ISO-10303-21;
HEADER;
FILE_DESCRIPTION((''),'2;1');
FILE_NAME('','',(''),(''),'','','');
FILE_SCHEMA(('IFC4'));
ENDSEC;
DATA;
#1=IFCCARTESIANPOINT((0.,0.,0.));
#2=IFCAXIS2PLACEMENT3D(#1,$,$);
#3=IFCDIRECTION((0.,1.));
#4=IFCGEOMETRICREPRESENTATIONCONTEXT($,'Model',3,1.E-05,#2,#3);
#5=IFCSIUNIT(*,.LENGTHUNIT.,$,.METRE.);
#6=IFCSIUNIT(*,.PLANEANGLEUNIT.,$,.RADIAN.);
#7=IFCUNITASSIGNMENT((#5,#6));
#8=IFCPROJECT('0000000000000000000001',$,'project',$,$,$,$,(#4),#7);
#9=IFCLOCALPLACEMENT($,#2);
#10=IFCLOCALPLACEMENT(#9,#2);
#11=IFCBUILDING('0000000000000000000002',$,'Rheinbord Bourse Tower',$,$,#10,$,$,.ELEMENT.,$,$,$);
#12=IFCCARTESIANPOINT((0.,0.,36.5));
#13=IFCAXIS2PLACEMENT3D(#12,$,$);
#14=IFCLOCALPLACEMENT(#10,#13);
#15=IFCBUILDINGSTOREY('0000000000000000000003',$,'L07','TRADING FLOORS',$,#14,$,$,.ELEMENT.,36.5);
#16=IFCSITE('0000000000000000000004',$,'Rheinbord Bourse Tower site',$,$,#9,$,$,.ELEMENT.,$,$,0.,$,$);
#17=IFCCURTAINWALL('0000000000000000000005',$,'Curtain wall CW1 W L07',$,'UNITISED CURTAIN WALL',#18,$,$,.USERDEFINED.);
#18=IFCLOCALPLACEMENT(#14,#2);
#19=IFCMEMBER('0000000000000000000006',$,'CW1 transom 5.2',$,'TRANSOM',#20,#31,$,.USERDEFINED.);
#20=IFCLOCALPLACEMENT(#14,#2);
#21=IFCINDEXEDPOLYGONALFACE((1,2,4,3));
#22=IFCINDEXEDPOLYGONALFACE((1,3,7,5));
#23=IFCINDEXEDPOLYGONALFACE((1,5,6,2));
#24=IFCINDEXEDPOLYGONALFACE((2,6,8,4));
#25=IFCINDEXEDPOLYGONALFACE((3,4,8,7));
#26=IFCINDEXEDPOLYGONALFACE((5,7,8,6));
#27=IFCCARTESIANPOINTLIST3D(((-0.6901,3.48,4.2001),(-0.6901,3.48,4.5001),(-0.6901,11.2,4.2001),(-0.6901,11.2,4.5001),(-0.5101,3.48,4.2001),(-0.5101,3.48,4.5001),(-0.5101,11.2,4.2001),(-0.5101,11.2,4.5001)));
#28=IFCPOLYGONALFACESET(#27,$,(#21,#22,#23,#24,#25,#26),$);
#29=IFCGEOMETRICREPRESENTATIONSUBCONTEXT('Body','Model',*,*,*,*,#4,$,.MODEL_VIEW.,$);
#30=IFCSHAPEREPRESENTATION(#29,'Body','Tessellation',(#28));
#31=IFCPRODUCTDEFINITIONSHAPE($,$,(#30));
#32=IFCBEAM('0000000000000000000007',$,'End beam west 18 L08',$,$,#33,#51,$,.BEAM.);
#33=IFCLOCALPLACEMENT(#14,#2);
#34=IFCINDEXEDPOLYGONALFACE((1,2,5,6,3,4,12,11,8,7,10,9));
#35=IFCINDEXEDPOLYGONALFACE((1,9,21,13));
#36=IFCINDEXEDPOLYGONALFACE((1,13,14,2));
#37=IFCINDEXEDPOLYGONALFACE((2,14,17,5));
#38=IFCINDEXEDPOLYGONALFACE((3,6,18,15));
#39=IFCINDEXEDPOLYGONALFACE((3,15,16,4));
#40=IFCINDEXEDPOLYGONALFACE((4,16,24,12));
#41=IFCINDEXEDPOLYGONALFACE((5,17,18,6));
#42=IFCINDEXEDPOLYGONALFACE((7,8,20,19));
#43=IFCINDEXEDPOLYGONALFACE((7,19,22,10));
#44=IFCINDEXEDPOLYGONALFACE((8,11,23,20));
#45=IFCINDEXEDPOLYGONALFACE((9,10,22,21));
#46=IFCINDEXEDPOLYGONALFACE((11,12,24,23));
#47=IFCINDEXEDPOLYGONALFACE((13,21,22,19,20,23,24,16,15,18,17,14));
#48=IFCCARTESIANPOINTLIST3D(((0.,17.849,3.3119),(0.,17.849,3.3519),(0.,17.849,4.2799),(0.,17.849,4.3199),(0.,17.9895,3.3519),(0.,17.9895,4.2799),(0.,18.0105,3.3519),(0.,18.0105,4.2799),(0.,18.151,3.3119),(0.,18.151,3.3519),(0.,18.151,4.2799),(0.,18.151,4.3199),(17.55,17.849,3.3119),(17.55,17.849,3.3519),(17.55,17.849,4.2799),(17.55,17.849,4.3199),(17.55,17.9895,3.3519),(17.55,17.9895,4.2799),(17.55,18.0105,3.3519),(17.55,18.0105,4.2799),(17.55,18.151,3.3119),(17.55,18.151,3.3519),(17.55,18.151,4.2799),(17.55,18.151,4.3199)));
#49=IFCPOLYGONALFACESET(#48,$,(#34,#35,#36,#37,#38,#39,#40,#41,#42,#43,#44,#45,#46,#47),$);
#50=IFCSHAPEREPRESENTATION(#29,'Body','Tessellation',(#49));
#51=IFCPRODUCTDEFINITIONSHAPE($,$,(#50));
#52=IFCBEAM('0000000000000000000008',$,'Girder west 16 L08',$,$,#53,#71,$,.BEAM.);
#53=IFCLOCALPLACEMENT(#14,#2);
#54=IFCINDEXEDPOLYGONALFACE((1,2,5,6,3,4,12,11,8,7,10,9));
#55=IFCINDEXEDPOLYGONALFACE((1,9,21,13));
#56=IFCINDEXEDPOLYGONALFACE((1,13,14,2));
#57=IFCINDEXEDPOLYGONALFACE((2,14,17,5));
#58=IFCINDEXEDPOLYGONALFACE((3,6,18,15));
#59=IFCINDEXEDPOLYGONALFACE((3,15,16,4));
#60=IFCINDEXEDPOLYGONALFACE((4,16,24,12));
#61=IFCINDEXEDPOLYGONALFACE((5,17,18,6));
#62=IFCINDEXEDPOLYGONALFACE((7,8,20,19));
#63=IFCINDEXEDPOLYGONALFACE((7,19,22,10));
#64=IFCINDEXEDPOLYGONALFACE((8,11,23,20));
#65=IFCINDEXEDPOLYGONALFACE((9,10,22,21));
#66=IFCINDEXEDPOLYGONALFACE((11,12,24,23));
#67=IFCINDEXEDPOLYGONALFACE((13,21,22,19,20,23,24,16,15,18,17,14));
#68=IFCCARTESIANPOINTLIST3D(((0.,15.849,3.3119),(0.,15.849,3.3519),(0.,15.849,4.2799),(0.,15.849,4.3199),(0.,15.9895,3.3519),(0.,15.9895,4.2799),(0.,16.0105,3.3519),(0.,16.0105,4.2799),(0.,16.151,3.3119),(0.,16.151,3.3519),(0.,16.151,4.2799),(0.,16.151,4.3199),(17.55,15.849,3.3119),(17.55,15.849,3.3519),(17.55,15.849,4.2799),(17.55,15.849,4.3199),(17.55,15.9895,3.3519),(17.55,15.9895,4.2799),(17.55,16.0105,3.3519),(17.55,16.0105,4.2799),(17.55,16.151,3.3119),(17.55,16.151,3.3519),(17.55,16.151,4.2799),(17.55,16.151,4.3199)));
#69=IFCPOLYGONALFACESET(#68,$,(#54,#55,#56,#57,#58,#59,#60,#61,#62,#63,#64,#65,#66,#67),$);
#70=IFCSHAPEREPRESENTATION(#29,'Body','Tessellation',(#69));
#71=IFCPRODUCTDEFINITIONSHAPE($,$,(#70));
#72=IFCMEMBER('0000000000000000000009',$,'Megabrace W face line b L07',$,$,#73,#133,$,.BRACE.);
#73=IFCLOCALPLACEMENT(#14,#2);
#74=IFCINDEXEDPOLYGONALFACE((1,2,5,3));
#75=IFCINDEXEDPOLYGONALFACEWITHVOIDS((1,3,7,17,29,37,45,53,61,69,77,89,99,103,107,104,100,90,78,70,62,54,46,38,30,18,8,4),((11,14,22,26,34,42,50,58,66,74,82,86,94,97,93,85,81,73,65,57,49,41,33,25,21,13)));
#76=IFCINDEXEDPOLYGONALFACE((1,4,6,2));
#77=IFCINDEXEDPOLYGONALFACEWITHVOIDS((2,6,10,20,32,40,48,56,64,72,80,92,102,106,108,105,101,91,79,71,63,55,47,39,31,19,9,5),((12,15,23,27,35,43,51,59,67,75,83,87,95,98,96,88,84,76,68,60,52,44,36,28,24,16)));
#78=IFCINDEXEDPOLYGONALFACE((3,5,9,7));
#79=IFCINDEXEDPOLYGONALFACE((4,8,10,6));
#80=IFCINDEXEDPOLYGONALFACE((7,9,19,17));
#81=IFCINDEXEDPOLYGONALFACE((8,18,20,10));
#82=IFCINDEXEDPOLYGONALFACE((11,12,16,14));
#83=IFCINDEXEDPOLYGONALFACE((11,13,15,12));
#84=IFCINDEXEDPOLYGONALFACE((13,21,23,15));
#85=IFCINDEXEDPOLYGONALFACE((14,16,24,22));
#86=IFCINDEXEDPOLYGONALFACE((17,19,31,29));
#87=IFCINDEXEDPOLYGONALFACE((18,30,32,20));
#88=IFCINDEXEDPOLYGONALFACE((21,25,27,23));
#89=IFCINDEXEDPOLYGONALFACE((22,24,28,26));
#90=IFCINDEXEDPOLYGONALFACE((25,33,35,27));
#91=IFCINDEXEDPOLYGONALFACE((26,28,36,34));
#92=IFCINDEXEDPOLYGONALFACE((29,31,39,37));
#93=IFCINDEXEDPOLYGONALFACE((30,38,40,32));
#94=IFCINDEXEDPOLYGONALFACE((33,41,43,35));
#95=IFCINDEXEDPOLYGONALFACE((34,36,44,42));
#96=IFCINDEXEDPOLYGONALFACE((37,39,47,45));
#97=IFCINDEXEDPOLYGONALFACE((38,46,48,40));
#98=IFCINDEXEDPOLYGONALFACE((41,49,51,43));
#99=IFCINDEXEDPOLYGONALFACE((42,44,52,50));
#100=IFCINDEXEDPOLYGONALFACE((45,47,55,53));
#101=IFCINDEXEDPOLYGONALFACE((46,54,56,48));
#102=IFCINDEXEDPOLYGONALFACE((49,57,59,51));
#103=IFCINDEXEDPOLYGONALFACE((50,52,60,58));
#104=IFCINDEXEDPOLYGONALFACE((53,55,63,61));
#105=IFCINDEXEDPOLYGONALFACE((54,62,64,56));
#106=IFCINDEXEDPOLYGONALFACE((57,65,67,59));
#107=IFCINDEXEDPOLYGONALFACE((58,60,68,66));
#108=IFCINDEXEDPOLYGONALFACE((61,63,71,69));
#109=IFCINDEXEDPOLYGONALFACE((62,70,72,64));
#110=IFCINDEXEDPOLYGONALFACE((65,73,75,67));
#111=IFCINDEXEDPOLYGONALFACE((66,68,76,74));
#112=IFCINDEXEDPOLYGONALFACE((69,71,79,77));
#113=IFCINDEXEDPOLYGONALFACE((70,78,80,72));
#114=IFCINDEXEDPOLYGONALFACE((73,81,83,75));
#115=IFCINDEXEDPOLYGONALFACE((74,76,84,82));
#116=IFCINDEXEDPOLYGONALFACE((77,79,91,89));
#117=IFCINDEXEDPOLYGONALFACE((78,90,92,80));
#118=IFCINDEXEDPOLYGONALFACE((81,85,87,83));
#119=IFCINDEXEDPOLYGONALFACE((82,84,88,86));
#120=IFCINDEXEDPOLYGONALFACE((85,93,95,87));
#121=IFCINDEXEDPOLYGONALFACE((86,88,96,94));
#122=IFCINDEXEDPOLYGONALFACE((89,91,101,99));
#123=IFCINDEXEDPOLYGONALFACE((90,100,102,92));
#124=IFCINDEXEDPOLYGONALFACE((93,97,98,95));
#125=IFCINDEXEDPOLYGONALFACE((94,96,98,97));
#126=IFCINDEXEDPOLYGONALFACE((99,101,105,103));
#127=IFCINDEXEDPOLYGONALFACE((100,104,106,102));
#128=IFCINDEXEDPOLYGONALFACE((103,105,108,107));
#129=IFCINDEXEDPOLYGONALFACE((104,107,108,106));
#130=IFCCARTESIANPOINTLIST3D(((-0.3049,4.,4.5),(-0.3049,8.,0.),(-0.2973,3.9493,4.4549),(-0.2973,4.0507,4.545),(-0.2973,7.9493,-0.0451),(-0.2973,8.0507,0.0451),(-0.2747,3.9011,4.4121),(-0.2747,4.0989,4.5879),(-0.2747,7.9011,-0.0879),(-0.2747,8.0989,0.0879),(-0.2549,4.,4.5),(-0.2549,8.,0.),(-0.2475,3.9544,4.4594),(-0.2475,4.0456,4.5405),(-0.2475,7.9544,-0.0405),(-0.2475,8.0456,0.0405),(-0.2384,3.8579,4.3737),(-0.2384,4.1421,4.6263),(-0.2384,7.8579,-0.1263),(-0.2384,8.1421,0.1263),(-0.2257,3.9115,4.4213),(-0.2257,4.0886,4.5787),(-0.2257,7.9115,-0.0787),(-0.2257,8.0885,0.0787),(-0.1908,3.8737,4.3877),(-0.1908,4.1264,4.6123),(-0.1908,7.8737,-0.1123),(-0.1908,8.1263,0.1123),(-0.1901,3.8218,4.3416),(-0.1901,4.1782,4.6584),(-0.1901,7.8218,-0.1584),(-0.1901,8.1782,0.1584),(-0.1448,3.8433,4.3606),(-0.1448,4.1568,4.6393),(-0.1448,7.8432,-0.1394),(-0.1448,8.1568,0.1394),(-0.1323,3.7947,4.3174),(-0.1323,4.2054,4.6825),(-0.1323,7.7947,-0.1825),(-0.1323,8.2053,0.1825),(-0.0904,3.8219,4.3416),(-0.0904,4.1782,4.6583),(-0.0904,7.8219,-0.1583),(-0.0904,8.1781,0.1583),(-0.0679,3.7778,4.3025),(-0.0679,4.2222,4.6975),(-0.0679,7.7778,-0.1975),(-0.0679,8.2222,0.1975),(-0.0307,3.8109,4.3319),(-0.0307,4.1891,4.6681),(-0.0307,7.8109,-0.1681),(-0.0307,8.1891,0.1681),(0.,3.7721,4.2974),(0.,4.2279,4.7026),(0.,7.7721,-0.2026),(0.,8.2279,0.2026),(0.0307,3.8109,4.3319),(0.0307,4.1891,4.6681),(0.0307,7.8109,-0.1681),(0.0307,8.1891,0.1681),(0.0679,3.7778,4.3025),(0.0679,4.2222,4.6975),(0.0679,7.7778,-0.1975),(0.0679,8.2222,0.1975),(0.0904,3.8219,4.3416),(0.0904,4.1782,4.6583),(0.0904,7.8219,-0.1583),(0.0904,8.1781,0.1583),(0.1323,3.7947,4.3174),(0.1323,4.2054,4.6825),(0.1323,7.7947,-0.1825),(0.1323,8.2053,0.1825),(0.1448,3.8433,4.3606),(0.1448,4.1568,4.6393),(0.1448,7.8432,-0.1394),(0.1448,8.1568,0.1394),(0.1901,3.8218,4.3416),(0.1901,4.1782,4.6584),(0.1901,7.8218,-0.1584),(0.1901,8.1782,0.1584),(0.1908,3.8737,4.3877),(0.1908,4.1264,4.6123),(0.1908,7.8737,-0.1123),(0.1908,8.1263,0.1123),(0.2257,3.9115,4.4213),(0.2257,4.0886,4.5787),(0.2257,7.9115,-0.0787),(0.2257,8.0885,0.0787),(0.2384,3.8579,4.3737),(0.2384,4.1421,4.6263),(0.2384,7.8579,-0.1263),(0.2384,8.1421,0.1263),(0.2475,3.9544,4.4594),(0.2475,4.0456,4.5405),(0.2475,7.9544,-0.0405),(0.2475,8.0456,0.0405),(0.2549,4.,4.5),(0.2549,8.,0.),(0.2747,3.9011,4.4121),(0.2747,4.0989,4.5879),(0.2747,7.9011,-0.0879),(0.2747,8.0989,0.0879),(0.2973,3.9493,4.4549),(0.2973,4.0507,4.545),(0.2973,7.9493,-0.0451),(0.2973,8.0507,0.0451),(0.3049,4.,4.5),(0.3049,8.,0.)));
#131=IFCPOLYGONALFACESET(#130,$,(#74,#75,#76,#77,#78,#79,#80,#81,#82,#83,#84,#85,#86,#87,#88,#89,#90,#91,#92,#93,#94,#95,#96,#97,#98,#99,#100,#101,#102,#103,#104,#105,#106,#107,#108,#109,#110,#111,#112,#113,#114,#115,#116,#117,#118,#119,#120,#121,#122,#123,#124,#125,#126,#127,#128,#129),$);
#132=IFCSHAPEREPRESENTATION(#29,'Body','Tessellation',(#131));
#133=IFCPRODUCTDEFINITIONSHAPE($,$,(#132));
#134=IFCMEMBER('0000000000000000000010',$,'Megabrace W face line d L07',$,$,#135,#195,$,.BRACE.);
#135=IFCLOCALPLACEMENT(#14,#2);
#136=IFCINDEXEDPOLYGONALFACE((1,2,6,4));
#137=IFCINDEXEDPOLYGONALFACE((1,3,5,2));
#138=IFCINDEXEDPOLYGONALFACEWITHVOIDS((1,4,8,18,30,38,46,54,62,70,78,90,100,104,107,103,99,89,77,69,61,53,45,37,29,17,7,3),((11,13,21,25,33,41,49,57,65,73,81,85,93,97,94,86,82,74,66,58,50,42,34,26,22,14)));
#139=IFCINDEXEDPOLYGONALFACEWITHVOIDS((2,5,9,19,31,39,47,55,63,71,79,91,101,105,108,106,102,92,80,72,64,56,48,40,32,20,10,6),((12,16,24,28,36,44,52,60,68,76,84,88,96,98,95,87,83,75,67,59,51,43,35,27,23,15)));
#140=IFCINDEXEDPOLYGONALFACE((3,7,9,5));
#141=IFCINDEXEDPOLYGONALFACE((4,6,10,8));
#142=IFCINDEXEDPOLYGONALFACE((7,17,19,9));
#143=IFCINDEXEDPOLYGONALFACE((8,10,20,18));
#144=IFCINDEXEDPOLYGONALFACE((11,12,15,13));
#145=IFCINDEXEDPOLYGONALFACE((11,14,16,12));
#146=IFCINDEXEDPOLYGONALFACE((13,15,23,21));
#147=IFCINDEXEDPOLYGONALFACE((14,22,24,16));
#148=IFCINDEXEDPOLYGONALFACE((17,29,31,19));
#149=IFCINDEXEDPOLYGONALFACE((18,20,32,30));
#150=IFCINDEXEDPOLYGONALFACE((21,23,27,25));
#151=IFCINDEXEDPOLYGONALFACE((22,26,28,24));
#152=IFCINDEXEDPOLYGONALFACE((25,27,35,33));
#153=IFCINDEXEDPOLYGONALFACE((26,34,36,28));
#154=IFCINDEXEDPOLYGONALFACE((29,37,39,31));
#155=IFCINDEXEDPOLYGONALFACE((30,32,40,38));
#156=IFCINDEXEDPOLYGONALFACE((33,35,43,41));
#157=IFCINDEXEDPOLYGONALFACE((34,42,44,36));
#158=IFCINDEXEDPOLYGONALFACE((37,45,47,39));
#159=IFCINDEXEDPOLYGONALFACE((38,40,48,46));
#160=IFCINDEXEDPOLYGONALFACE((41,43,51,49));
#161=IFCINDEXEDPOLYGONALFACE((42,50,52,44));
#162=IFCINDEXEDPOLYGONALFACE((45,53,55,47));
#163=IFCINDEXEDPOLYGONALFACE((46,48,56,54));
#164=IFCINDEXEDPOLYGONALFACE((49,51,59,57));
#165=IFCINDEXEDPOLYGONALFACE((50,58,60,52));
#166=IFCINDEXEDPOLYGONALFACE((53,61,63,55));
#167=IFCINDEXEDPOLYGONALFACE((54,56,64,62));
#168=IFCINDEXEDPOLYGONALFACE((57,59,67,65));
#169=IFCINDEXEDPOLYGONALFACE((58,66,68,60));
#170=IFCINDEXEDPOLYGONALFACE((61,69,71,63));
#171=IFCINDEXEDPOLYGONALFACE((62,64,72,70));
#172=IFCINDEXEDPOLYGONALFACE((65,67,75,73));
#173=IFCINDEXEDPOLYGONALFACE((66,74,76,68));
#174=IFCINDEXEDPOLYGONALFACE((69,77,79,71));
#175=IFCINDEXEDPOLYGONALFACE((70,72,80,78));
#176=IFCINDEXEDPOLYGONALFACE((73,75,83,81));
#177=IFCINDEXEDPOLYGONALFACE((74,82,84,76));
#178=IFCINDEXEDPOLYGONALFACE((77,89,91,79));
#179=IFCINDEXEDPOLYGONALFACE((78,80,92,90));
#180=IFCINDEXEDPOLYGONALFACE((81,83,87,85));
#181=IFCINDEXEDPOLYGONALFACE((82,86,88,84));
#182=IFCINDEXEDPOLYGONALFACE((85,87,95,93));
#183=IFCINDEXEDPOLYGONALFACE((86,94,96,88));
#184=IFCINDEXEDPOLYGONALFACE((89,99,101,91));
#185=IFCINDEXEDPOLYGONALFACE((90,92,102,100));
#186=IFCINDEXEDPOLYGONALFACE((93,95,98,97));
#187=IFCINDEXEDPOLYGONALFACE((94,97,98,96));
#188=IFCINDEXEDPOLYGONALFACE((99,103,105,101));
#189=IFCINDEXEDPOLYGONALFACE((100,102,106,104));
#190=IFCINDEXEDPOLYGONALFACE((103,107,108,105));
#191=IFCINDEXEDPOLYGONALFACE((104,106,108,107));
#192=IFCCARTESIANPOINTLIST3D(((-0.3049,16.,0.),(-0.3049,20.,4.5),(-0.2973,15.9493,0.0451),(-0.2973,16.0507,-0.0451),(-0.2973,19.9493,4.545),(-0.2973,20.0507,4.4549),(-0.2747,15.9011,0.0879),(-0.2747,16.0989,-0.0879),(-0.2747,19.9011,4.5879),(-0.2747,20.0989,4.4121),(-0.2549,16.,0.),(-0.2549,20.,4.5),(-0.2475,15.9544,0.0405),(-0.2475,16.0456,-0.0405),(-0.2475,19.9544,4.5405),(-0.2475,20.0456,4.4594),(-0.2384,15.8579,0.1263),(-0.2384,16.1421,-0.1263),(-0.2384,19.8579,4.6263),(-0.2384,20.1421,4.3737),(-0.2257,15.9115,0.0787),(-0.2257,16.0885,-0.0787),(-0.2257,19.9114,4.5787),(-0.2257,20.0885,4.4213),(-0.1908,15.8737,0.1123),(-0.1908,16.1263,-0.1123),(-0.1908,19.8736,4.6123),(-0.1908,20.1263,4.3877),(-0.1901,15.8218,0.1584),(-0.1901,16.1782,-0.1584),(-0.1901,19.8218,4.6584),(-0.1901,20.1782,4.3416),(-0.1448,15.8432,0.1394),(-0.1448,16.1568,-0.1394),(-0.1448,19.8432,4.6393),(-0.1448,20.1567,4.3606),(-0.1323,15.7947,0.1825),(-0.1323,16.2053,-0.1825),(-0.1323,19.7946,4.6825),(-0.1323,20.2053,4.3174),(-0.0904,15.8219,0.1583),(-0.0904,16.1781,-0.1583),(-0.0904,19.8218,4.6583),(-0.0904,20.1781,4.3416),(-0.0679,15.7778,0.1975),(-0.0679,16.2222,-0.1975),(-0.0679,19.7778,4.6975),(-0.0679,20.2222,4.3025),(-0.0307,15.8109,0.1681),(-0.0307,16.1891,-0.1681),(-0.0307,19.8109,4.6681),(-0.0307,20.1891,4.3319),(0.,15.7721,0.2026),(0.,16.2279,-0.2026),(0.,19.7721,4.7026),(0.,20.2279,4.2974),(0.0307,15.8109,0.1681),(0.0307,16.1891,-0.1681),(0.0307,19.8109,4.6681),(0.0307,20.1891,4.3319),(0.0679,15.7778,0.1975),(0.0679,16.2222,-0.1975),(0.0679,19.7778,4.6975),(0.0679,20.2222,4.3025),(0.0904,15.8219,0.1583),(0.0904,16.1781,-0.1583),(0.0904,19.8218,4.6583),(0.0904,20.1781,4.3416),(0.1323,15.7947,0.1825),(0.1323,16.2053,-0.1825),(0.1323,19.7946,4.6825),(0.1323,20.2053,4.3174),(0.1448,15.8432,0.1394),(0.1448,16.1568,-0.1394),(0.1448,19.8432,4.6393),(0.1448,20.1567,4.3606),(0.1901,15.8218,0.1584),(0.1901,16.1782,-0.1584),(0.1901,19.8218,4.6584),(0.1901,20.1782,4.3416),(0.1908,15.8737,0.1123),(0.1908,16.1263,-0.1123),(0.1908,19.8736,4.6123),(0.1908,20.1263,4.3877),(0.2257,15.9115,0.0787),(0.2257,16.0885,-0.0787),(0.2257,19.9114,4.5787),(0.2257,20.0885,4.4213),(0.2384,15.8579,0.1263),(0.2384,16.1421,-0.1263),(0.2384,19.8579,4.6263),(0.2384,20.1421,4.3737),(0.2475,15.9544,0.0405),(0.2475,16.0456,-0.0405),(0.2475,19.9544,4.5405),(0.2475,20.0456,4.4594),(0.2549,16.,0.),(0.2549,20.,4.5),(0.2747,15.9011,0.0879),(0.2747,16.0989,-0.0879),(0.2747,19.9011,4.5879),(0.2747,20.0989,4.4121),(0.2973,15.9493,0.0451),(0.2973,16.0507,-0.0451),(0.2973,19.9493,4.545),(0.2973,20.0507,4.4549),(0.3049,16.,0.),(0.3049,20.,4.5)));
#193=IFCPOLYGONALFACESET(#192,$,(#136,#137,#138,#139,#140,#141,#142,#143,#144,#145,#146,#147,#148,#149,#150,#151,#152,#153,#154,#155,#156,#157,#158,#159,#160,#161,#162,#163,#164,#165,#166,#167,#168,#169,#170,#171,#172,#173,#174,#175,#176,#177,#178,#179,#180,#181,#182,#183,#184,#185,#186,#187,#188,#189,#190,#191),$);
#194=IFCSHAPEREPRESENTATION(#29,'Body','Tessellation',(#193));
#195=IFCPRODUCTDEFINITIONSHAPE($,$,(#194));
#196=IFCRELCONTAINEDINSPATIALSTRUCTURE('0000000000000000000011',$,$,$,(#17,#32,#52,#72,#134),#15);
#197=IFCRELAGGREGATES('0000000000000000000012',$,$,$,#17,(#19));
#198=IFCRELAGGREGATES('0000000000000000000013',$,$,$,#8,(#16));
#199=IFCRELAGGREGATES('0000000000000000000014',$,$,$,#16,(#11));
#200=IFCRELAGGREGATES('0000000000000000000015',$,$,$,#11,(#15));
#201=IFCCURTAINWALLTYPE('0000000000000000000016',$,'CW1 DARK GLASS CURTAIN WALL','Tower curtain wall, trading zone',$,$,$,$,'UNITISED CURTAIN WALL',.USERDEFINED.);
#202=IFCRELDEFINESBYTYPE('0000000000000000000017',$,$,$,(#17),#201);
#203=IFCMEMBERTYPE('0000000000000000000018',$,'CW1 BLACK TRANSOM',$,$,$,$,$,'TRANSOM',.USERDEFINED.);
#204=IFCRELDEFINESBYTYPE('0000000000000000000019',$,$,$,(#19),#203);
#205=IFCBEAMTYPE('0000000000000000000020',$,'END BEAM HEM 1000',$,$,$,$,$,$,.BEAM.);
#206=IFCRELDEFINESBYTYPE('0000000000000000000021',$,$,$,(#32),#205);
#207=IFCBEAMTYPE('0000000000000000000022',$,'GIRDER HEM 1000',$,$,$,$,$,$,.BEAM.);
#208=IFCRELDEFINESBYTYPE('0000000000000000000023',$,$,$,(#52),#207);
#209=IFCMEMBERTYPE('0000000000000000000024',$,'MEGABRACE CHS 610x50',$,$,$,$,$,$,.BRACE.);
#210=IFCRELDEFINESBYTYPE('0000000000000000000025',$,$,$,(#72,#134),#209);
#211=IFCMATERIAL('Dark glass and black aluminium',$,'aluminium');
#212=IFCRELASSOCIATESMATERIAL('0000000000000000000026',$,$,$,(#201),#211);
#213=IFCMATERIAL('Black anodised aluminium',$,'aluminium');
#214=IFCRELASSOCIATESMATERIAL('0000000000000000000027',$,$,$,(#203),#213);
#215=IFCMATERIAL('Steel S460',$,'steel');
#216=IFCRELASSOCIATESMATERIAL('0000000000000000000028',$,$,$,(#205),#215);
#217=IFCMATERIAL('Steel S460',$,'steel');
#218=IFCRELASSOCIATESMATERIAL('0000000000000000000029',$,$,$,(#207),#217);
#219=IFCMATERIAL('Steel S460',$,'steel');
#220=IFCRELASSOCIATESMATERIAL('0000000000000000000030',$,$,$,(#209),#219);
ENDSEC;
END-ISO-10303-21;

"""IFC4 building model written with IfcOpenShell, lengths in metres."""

from ifc_helpers import new_model, si_unit, direction, frame, origin, origin_2d, place, context, subcontext, project, spatial, rectangle, hollow_circle, i_section, extrude, material, material_profile, profile_set, type_object, element, aggregate, save


model = new_model("IFC4")

# Units and contexts
model_context = context("Model", 3, precision=1e-05, world=origin(), true_north=direction((0.0, 1.0)))
body_context = subcontext(model_context, "Body", "Model", "MODEL_VIEW")
ifc_project = project(units=[si_unit("LENGTHUNIT", "METRE"), si_unit("PLANEANGLEUNIT", "RADIAN")], contexts=[model_context])

# Site, building, storey
site_placement = place(None, origin())
site = spatial("IfcSite", under=ifc_project, at=site_placement, Name="Rheinbord Bourse Tower site", CompositionType="ELEMENT", RefElevation=0.0)
building_placement = place(site_placement, origin())
building = spatial("IfcBuilding", under=site, at=building_placement, Name="Rheinbord Bourse Tower", CompositionType="ELEMENT")
storey_placement = place(building_placement, frame((0.0, 0.0, 36.5)))
storey = spatial("IfcBuildingStorey", under=building, at=storey_placement, Name="L07", Description="TRADING FLOORS", CompositionType="ELEMENT", Elevation=36.5)

# Curtain wall, member
ifc_material_1 = material(Name="Dark glass and black aluminium", Category="aluminium")
curtain_wall_type = type_object("IfcCurtainWallType", Name="CW1 DARK GLASS CURTAIN WALL", Description="Tower curtain wall, trading zone", ElementType="UNITISED CURTAIN WALL", PredefinedType="USERDEFINED", material=ifc_material_1)
curtain_wall_placement = place(storey_placement, origin())
curtain_wall = element("IfcCurtainWall", 1, at=curtain_wall_placement, inside=storey, type_object=curtain_wall_type, Name="Curtain wall CW1 W L07", ObjectType="UNITISED CURTAIN WALL", PredefinedType="USERDEFINED")
ifc_material_2 = material(Name="Black anodised aluminium", Category="aluminium")
ifc_material_profile_1 = material_profile(ifc_material_2, rectangle(XDim=0.1799, YDim=0.3, at=origin_2d()), Name="CW1 TRANSOM 300x180")
ifc_profile_set_1 = profile_set([ifc_material_profile_1], Name="Black anodised aluminium")
member_type_1 = type_object("IfcMemberType", Name="CW1 BLACK TRANSOM", ElementType="TRANSOM", PredefinedType="USERDEFINED", material=ifc_profile_set_1)
member_1_placement = place(storey_placement, frame((-0.6001, 11.2, 4.3501), z_axis=(0.0, -1.0, 0.0), x_axis=(1.0, 0.0, 0.0)))
member_1 = element("IfcMember", 2, at=member_1_placement, type_object=member_type_1, Name="CW1 transom 5.2", ObjectType="TRANSOM", PredefinedType="USERDEFINED", context=body_context, shape_type="SweptSolid", body=[
    extrude(rectangle(XDim=0.1799, YDim=0.3, at=origin_2d()), origin(), (0.0, 0.0, 1.0), 7.72),
])

# Beams
ifc_material_3 = material(Name="Steel S460", Category="steel")
ifc_material_profile_2 = material_profile(ifc_material_3, i_section(OverallWidth=0.302, OverallDepth=1.0081, WebThickness=0.021, FlangeThickness=0.04, at=origin_2d()), Name="HEM 1000")
ifc_profile_set_2 = profile_set([ifc_material_profile_2], Name="Steel S460")
beam_type_1 = type_object("IfcBeamType", Name="END BEAM HEM 1000", PredefinedType="BEAM", material=ifc_profile_set_2)
beam_1_placement = place(storey_placement, frame((0.0, 18.0, 3.8159), z_axis=(1.0, 0.0, 0.0), x_axis=(0.0, 1.0, 0.0)))
element("IfcBeam", 3, at=beam_1_placement, inside=storey, type_object=beam_type_1, Name="End beam west 18 L08", PredefinedType="BEAM", context=body_context, shape_type="SweptSolid", body=[
    extrude(i_section(OverallWidth=0.302, OverallDepth=1.0081, WebThickness=0.021, FlangeThickness=0.04, at=origin_2d()), origin(), (0.0, 0.0, 1.0), 17.55),
])
ifc_material_4 = material(Name="Steel S460", Category="steel")
ifc_material_profile_3 = material_profile(ifc_material_4, i_section(OverallWidth=0.302, OverallDepth=1.0081, WebThickness=0.021, FlangeThickness=0.04, at=origin_2d()), Name="HEM 1000")
ifc_profile_set_3 = profile_set([ifc_material_profile_3], Name="Steel S460")
beam_type_2 = type_object("IfcBeamType", Name="GIRDER HEM 1000", PredefinedType="BEAM", material=ifc_profile_set_3)
beam_2_placement = place(storey_placement, frame((0.0, 16.0, 3.8159), z_axis=(1.0, 0.0, 0.0), x_axis=(0.0, 1.0, 0.0)))
element("IfcBeam", 4, at=beam_2_placement, inside=storey, type_object=beam_type_2, Name="Girder west 16 L08", PredefinedType="BEAM", context=body_context, shape_type="SweptSolid", body=[
    extrude(i_section(OverallWidth=0.302, OverallDepth=1.0081, WebThickness=0.021, FlangeThickness=0.04, at=origin_2d()), origin(), (0.0, 0.0, 1.0), 17.55),
])

# Members
ifc_material_5 = material(Name="Steel S460", Category="steel")
ifc_material_profile_4 = material_profile(ifc_material_5, hollow_circle(Radius=0.3049, WallThickness=0.05, at=origin_2d()), Name="CHS 610x50")
ifc_profile_set_4 = profile_set([ifc_material_profile_4], Name="Steel S460")
member_type_2 = type_object("IfcMemberType", Name="MEGABRACE CHS 610x50", PredefinedType="BRACE", material=ifc_profile_set_4)
for number, where, z_axis, x_axis, name in (
    (5, (0.0, 8.0, 0.0), (0.0, -0.664364, 0.747409), (1.0, 0.0, 0.0), "Megabrace W face line b L07"),
    (6, (0.0, 16.0, 0.0), (0.0, 0.664364, 0.747409), (-1.0, 0.0, 0.0), "Megabrace W face line d L07"),
):
    element("IfcMember", number, at=place(storey_placement, frame(where, z_axis=z_axis, x_axis=x_axis)), inside=storey, type_object=member_type_2, Name=name, PredefinedType="BRACE", context=body_context, shape_type="SweptSolid", body=[
        extrude(hollow_circle(Radius=0.3049, WallThickness=0.05, at=origin_2d()), origin(), (0.0, 0.0, 1.0), 6.0208),
    ])

aggregate(curtain_wall, [member_1])

save(model, "model.ifc")
